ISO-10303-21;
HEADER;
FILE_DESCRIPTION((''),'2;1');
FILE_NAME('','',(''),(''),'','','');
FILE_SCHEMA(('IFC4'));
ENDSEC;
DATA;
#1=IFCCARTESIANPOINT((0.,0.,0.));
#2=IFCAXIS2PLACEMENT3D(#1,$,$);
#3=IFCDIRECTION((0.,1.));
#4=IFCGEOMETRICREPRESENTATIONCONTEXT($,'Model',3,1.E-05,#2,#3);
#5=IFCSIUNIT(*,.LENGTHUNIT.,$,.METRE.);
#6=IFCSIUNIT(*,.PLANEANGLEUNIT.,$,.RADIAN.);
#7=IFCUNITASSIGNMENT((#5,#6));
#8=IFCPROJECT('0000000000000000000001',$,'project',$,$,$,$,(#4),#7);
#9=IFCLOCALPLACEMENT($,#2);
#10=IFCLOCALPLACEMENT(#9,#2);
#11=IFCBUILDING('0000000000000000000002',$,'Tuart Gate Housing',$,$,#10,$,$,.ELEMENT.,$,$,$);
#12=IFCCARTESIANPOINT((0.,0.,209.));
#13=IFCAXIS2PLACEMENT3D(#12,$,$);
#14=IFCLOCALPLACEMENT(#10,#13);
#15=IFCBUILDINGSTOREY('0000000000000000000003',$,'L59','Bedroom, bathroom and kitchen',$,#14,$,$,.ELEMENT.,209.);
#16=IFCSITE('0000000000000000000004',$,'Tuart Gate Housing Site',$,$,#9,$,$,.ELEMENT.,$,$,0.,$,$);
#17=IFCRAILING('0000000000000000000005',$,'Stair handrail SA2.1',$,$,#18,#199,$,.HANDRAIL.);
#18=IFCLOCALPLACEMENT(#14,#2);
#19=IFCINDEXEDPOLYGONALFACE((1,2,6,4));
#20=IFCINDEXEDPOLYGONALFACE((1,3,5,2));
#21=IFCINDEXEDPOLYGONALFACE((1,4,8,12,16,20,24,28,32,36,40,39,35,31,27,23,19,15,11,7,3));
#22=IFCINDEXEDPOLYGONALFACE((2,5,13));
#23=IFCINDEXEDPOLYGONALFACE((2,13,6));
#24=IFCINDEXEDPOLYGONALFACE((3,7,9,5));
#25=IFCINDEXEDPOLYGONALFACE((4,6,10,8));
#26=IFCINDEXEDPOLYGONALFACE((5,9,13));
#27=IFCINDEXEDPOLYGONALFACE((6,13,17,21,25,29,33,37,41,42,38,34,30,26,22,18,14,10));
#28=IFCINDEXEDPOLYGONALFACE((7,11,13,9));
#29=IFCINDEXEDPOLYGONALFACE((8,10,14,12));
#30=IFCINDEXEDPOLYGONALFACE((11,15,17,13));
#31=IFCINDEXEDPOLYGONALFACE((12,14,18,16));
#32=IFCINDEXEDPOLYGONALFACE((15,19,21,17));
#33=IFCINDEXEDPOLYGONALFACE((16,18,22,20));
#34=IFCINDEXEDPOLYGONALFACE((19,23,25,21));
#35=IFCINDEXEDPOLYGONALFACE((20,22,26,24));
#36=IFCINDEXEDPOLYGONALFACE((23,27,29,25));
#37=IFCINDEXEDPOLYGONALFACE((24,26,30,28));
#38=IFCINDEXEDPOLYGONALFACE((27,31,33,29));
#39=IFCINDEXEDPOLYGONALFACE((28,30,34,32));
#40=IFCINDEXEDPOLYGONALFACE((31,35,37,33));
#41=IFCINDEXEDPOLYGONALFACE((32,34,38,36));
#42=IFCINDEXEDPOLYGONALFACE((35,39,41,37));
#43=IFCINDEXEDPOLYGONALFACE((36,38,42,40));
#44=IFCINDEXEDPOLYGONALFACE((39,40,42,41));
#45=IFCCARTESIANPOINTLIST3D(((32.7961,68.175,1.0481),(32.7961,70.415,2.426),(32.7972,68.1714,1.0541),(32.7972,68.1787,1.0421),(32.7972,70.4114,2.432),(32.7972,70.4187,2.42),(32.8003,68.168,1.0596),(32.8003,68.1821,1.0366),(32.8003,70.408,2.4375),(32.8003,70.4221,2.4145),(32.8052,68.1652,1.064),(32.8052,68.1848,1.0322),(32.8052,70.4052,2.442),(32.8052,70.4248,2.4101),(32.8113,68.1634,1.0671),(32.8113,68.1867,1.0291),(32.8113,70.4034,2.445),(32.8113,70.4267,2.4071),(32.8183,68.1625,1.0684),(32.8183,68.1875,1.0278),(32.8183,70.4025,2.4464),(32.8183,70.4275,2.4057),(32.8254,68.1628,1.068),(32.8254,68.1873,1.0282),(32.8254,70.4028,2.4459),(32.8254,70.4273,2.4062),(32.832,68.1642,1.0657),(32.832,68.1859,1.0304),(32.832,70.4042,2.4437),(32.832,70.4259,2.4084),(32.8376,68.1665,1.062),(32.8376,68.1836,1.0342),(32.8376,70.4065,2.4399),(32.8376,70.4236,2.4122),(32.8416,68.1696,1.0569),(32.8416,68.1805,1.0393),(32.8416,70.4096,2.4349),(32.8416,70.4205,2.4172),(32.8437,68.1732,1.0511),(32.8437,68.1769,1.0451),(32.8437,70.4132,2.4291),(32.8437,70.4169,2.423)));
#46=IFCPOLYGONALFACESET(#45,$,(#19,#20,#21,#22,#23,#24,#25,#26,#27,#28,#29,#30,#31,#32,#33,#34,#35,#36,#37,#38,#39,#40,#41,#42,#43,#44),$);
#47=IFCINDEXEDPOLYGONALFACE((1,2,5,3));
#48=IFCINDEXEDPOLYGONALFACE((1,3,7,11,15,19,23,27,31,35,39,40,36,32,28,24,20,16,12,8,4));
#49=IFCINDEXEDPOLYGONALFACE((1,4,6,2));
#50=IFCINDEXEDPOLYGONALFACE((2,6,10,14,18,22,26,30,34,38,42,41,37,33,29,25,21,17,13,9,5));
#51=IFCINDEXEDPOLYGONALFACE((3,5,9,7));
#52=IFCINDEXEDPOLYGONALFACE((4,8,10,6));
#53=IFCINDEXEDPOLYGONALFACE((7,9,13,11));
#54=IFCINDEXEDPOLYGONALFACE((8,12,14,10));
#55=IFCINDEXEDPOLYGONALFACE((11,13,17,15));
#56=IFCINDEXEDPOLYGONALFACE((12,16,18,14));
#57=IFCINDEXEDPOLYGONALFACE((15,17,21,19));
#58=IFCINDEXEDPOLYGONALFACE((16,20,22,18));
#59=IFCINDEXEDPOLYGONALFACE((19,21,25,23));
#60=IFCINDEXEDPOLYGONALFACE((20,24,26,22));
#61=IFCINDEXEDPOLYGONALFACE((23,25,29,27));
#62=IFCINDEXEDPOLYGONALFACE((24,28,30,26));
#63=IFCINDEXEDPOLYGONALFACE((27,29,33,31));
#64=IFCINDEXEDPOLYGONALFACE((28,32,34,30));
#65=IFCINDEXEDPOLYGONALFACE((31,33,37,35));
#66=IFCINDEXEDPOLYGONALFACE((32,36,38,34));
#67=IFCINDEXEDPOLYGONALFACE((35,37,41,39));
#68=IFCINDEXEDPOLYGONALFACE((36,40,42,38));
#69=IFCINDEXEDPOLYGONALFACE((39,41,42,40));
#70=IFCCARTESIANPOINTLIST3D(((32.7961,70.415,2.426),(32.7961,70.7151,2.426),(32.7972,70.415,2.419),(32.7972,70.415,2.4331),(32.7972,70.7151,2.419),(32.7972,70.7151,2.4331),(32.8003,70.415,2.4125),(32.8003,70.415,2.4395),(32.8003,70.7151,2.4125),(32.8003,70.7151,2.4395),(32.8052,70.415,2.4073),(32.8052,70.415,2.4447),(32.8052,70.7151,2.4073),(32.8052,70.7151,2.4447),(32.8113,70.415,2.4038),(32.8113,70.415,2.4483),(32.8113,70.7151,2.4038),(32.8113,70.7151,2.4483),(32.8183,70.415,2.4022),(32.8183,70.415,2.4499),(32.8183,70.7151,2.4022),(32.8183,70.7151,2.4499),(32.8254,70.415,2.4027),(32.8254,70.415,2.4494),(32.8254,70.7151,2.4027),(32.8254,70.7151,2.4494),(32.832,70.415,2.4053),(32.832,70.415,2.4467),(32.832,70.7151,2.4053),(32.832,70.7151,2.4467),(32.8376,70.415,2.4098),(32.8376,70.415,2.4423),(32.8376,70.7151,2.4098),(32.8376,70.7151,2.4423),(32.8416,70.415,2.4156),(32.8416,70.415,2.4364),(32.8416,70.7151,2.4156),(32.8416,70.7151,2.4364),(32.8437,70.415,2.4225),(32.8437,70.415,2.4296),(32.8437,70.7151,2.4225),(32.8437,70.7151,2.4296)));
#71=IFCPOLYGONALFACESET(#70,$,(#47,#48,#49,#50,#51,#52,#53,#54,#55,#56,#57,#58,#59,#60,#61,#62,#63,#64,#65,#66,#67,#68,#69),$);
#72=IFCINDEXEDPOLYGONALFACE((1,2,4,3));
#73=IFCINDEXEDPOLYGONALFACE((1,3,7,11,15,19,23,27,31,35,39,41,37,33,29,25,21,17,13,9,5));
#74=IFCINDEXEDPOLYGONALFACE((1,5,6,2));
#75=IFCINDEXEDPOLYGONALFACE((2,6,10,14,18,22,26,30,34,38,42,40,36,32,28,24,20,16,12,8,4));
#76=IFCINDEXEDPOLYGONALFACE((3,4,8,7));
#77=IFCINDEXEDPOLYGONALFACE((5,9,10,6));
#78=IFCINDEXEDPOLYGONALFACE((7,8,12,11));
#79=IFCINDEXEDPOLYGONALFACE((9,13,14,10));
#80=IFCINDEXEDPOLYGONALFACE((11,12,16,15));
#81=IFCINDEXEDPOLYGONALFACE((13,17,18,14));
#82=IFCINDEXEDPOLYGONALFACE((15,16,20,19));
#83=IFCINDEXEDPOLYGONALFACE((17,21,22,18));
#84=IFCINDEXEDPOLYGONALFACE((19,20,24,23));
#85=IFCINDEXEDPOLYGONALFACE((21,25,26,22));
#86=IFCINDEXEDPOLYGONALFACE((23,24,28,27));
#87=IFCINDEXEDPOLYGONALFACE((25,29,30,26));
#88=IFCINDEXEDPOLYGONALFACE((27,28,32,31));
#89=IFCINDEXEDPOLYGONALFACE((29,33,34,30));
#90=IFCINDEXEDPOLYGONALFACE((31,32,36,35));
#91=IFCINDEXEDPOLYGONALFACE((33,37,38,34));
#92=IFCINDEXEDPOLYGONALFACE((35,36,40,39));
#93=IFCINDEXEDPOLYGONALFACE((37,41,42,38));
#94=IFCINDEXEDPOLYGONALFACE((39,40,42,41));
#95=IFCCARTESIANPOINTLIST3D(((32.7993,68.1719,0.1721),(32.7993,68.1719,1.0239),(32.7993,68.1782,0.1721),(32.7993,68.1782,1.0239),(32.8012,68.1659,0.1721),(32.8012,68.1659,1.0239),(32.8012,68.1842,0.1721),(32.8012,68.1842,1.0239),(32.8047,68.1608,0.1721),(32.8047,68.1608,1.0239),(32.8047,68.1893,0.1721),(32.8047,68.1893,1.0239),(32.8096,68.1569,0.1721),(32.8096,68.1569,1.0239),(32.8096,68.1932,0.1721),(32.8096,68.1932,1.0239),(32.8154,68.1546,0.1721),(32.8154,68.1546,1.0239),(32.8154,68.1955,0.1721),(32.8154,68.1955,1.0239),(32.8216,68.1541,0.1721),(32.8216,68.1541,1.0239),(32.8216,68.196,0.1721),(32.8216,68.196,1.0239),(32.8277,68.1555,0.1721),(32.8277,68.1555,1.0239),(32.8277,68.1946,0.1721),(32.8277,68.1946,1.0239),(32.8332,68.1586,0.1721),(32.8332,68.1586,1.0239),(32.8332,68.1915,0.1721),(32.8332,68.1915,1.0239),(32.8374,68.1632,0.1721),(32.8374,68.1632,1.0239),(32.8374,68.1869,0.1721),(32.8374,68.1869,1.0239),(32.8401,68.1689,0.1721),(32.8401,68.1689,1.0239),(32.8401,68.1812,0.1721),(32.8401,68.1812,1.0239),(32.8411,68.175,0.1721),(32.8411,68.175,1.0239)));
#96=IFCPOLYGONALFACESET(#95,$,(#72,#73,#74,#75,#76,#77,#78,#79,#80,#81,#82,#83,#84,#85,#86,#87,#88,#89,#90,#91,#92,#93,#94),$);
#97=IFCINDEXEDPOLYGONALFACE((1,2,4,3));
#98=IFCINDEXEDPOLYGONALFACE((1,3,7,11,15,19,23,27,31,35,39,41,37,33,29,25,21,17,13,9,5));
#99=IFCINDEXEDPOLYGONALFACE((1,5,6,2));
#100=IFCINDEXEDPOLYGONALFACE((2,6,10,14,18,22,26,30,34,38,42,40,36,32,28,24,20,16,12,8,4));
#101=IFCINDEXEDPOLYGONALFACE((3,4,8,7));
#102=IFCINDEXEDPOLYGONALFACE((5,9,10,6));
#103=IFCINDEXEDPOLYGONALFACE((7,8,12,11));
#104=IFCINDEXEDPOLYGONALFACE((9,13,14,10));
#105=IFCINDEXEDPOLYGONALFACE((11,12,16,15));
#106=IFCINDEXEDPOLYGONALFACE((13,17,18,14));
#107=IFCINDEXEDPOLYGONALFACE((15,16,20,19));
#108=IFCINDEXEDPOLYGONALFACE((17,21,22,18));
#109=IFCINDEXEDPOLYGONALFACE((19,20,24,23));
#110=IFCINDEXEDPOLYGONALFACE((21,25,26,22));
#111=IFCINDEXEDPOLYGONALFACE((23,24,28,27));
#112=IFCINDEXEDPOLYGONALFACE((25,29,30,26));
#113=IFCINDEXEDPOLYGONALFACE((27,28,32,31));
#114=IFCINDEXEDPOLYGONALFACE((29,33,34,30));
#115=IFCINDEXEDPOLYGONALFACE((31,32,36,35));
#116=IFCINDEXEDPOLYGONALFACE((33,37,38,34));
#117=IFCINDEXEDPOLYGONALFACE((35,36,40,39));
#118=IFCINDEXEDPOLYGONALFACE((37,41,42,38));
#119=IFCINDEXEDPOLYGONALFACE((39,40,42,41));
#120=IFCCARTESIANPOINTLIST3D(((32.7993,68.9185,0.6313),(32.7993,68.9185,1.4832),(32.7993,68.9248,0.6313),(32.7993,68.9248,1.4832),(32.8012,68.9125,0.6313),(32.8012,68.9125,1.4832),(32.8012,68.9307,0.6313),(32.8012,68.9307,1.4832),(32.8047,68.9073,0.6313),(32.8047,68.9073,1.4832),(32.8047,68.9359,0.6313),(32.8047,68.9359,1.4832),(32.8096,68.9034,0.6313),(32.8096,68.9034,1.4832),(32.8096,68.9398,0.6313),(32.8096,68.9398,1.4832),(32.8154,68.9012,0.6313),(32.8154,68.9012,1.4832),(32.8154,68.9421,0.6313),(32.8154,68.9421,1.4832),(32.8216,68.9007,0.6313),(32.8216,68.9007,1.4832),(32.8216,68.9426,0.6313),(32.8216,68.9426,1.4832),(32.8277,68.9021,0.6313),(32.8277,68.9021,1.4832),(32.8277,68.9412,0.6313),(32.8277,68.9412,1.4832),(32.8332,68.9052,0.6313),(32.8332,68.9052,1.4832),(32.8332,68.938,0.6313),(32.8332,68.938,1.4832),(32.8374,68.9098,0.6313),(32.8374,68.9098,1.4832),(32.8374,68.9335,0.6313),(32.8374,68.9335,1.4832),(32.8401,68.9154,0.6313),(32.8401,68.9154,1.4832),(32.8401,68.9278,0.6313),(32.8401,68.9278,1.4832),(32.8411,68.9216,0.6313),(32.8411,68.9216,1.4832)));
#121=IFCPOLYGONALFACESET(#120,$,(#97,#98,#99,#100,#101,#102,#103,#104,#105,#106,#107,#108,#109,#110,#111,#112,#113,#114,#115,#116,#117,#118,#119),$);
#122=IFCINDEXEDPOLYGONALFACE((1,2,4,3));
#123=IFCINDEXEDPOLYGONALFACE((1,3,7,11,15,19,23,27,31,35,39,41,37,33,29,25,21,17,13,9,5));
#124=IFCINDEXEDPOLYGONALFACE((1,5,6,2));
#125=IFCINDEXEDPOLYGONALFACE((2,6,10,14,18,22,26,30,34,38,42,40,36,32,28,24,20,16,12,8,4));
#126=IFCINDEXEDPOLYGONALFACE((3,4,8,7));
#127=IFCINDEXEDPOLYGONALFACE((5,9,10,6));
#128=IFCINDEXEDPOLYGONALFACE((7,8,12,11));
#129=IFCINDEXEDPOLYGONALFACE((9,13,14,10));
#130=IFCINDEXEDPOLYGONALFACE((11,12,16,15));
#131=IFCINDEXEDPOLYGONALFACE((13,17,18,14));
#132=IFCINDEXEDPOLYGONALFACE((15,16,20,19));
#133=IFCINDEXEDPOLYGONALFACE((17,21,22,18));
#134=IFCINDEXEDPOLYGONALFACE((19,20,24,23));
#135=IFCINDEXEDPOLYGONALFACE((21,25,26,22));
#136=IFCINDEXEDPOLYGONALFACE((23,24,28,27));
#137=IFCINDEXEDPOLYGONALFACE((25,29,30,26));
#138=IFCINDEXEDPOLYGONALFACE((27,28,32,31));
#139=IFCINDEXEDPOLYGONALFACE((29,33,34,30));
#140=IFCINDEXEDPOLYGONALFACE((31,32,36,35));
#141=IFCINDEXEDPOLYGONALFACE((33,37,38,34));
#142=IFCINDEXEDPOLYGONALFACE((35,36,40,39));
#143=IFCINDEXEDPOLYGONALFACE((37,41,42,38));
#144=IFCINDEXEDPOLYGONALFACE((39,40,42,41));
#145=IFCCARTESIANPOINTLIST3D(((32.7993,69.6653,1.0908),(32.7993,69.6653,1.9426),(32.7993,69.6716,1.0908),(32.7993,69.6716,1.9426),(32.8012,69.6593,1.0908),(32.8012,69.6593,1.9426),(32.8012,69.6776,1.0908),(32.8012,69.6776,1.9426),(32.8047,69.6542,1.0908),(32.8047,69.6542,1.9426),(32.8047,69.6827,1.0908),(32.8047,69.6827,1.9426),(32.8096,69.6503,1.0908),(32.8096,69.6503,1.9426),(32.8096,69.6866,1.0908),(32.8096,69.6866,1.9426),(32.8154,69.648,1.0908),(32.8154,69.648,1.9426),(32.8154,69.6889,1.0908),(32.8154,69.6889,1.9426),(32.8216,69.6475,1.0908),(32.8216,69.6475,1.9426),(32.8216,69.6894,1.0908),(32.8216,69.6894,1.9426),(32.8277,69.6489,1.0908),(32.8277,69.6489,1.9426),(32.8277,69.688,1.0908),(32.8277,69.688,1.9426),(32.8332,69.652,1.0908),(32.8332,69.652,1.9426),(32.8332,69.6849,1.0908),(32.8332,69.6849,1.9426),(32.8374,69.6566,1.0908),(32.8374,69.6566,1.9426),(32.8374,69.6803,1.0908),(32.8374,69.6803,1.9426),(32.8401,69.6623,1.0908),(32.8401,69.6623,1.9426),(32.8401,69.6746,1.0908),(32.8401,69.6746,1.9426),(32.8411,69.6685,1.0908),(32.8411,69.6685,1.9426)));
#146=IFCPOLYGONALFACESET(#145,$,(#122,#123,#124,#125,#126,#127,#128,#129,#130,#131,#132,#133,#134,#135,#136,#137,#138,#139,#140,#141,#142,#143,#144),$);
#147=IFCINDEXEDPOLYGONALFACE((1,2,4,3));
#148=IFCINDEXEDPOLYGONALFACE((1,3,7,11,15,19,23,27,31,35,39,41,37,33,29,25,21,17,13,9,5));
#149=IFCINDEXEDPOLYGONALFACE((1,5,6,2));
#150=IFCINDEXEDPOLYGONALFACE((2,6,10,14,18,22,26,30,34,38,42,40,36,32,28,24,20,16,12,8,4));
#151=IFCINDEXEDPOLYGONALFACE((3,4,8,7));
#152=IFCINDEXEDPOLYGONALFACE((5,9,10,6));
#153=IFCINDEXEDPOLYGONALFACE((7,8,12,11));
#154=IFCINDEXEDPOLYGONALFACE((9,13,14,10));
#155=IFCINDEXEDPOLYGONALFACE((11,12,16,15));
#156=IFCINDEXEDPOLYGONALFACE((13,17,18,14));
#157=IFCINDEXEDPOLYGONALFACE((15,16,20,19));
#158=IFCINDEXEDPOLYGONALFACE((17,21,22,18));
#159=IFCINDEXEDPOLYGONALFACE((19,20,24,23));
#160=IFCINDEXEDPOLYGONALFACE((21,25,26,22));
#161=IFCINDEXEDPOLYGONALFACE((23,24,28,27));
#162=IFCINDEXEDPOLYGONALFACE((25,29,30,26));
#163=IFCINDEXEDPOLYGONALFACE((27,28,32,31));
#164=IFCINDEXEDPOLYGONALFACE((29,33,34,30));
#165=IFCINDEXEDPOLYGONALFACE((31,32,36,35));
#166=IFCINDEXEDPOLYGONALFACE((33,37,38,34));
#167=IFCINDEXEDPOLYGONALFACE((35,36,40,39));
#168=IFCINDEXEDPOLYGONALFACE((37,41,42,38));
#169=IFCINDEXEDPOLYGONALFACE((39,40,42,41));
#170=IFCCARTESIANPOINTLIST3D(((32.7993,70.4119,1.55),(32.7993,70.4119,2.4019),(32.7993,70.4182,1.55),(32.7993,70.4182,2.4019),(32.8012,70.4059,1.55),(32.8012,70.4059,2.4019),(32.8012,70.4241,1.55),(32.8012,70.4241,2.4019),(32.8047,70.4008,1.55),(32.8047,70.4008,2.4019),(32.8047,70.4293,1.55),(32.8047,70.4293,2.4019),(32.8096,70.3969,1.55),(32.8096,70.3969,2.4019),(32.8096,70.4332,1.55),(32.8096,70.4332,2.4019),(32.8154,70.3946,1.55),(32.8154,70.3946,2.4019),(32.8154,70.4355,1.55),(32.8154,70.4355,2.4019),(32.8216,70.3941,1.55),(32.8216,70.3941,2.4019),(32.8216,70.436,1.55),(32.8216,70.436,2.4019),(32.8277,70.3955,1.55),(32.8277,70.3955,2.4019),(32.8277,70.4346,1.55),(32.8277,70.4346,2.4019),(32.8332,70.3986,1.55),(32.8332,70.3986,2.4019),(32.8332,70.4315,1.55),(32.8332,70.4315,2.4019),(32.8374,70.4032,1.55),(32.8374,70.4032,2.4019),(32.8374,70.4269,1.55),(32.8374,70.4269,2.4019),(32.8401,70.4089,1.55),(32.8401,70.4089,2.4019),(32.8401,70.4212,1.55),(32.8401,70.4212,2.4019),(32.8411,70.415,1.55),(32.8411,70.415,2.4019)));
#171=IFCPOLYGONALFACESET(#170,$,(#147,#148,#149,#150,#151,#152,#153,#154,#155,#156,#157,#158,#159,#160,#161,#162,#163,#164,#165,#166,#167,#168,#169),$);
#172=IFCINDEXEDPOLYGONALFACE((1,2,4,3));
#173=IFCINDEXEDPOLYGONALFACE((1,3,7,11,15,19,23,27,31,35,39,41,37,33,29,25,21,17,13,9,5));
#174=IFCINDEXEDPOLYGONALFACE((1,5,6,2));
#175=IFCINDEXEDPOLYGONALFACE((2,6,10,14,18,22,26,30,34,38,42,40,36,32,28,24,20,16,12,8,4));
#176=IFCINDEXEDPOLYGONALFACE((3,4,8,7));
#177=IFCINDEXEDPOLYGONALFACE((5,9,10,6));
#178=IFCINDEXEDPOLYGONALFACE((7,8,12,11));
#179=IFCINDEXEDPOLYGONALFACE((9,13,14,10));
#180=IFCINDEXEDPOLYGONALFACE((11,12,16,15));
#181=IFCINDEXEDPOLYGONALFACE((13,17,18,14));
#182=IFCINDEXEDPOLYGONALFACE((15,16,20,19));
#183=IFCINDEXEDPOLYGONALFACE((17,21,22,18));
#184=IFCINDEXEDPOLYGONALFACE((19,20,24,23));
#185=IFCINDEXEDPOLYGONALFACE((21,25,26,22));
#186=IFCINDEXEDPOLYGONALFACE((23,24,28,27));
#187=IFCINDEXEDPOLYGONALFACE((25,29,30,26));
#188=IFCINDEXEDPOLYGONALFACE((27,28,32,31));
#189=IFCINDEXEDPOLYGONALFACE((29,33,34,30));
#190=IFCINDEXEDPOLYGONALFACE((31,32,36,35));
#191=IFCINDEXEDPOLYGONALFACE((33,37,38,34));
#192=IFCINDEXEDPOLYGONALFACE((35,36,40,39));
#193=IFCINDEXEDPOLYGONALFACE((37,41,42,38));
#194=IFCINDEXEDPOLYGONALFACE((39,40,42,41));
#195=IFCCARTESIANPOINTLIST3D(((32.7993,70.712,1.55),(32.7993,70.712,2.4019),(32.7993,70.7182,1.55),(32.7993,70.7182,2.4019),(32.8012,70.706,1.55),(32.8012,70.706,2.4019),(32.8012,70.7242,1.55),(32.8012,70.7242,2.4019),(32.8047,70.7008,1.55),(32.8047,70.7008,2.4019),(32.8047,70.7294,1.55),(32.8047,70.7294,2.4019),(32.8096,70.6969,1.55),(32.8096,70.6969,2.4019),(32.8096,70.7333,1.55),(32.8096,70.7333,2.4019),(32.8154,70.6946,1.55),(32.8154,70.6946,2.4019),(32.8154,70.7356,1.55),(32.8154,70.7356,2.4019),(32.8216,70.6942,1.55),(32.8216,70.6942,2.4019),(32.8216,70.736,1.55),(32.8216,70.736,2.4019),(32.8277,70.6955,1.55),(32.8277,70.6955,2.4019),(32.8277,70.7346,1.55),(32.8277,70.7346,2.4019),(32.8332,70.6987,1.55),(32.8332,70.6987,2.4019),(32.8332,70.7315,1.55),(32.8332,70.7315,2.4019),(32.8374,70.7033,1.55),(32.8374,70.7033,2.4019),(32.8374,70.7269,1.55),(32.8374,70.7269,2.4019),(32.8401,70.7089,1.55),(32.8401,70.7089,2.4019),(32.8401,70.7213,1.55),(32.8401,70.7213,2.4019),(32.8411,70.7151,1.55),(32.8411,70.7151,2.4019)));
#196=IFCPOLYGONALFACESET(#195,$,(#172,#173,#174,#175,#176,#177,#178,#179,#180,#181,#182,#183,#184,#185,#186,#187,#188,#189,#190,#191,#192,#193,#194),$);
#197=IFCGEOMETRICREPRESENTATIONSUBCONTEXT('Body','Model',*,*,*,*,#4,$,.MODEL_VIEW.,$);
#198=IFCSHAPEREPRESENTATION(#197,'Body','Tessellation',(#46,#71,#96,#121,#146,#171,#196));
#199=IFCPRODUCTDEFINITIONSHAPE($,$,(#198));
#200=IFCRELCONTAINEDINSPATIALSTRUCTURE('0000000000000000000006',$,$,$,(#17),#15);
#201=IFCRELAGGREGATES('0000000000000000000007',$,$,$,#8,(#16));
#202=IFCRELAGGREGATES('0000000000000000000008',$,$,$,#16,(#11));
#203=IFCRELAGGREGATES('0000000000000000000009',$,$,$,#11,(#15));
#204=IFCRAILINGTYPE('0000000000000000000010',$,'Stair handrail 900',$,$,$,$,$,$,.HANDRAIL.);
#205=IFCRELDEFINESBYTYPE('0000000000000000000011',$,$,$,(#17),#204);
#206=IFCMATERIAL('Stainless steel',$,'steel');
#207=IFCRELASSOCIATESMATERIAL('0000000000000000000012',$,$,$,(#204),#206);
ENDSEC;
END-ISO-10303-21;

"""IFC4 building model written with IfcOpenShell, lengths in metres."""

from ifc_helpers import new_model, si_unit, direction, frame, origin, origin_2d, place, context, subcontext, project, spatial, circle, extrude, material, type_object, element, save


model = new_model("IFC4")

# Units and contexts
model_context = context("Model", 3, precision=1e-05, world=origin(), true_north=direction((0.0, 1.0)))
body_context = subcontext(model_context, "Body", "Model", "MODEL_VIEW")
ifc_project = project(units=[si_unit("LENGTHUNIT", "METRE"), si_unit("PLANEANGLEUNIT", "RADIAN")], contexts=[model_context])

# Site, building, storey
site_placement = place(None, origin())
site = spatial("IfcSite", under=ifc_project, at=site_placement, Name="Tuart Gate Housing Site", CompositionType="ELEMENT", RefElevation=0.0)
building_placement = place(site_placement, origin())
building = spatial("IfcBuilding", under=site, at=building_placement, Name="Tuart Gate Housing", CompositionType="ELEMENT")
storey_placement = place(building_placement, frame((0.0, 0.0, 209.0)))
storey = spatial("IfcBuildingStorey", under=building, at=storey_placement, Name="L59", Description="Bedroom, bathroom and kitchen", CompositionType="ELEMENT", Elevation=209.0)

# Railing
ifc_material_1 = material(Name="Stainless steel", Category="steel")
railing_type = type_object("IfcRailingType", Name="Stair handrail 900", PredefinedType="HANDRAIL", material=ifc_material_1)
railing_placement = place(storey_placement, frame((32.8201, 68.175, 0.1721)))
element("IfcRailing", 1, at=railing_placement, inside=storey, type_object=railing_type, Name="Stair handrail SA2.1", PredefinedType="HANDRAIL", context=body_context, shape_type="SweptSolid", body=[
    extrude(circle(Radius=0.0239, at=origin_2d()), frame((0.0, 0.0, 0.876), z_axis=(0.0, 0.851748, 0.523952), x_axis=(-1.0, 0.0, 0.0)), (0.0, 0.0, 1.0), 2.6299),
    extrude(circle(Radius=0.0239, at=origin_2d()), frame((0.0, 2.24, 2.2539), z_axis=(0.0, 1.0, 0.0), x_axis=(-1.0, 0.0, 0.0)), (0.0, 0.0, 1.0), 0.3),
    extrude(circle(Radius=0.021, at=origin_2d()), origin(), (0.0, 0.0, 1.0), 0.8518),
    extrude(circle(Radius=0.021, at=origin_2d()), frame((0.0, 0.7466, 0.4592)), (0.0, 0.0, 1.0), 0.8518),
    extrude(circle(Radius=0.021, at=origin_2d()), frame((0.0, 1.4934, 0.9187)), (0.0, 0.0, 1.0), 0.8518),
    extrude(circle(Radius=0.021, at=origin_2d()), frame((0.0, 2.24, 1.3779)), (0.0, 0.0, 1.0), 0.8518),
    extrude(circle(Radius=0.021, at=origin_2d()), frame((0.0, 2.54, 1.3779)), (0.0, 0.0, 1.0), 0.8518),
])

save(model, "model.ifc")
